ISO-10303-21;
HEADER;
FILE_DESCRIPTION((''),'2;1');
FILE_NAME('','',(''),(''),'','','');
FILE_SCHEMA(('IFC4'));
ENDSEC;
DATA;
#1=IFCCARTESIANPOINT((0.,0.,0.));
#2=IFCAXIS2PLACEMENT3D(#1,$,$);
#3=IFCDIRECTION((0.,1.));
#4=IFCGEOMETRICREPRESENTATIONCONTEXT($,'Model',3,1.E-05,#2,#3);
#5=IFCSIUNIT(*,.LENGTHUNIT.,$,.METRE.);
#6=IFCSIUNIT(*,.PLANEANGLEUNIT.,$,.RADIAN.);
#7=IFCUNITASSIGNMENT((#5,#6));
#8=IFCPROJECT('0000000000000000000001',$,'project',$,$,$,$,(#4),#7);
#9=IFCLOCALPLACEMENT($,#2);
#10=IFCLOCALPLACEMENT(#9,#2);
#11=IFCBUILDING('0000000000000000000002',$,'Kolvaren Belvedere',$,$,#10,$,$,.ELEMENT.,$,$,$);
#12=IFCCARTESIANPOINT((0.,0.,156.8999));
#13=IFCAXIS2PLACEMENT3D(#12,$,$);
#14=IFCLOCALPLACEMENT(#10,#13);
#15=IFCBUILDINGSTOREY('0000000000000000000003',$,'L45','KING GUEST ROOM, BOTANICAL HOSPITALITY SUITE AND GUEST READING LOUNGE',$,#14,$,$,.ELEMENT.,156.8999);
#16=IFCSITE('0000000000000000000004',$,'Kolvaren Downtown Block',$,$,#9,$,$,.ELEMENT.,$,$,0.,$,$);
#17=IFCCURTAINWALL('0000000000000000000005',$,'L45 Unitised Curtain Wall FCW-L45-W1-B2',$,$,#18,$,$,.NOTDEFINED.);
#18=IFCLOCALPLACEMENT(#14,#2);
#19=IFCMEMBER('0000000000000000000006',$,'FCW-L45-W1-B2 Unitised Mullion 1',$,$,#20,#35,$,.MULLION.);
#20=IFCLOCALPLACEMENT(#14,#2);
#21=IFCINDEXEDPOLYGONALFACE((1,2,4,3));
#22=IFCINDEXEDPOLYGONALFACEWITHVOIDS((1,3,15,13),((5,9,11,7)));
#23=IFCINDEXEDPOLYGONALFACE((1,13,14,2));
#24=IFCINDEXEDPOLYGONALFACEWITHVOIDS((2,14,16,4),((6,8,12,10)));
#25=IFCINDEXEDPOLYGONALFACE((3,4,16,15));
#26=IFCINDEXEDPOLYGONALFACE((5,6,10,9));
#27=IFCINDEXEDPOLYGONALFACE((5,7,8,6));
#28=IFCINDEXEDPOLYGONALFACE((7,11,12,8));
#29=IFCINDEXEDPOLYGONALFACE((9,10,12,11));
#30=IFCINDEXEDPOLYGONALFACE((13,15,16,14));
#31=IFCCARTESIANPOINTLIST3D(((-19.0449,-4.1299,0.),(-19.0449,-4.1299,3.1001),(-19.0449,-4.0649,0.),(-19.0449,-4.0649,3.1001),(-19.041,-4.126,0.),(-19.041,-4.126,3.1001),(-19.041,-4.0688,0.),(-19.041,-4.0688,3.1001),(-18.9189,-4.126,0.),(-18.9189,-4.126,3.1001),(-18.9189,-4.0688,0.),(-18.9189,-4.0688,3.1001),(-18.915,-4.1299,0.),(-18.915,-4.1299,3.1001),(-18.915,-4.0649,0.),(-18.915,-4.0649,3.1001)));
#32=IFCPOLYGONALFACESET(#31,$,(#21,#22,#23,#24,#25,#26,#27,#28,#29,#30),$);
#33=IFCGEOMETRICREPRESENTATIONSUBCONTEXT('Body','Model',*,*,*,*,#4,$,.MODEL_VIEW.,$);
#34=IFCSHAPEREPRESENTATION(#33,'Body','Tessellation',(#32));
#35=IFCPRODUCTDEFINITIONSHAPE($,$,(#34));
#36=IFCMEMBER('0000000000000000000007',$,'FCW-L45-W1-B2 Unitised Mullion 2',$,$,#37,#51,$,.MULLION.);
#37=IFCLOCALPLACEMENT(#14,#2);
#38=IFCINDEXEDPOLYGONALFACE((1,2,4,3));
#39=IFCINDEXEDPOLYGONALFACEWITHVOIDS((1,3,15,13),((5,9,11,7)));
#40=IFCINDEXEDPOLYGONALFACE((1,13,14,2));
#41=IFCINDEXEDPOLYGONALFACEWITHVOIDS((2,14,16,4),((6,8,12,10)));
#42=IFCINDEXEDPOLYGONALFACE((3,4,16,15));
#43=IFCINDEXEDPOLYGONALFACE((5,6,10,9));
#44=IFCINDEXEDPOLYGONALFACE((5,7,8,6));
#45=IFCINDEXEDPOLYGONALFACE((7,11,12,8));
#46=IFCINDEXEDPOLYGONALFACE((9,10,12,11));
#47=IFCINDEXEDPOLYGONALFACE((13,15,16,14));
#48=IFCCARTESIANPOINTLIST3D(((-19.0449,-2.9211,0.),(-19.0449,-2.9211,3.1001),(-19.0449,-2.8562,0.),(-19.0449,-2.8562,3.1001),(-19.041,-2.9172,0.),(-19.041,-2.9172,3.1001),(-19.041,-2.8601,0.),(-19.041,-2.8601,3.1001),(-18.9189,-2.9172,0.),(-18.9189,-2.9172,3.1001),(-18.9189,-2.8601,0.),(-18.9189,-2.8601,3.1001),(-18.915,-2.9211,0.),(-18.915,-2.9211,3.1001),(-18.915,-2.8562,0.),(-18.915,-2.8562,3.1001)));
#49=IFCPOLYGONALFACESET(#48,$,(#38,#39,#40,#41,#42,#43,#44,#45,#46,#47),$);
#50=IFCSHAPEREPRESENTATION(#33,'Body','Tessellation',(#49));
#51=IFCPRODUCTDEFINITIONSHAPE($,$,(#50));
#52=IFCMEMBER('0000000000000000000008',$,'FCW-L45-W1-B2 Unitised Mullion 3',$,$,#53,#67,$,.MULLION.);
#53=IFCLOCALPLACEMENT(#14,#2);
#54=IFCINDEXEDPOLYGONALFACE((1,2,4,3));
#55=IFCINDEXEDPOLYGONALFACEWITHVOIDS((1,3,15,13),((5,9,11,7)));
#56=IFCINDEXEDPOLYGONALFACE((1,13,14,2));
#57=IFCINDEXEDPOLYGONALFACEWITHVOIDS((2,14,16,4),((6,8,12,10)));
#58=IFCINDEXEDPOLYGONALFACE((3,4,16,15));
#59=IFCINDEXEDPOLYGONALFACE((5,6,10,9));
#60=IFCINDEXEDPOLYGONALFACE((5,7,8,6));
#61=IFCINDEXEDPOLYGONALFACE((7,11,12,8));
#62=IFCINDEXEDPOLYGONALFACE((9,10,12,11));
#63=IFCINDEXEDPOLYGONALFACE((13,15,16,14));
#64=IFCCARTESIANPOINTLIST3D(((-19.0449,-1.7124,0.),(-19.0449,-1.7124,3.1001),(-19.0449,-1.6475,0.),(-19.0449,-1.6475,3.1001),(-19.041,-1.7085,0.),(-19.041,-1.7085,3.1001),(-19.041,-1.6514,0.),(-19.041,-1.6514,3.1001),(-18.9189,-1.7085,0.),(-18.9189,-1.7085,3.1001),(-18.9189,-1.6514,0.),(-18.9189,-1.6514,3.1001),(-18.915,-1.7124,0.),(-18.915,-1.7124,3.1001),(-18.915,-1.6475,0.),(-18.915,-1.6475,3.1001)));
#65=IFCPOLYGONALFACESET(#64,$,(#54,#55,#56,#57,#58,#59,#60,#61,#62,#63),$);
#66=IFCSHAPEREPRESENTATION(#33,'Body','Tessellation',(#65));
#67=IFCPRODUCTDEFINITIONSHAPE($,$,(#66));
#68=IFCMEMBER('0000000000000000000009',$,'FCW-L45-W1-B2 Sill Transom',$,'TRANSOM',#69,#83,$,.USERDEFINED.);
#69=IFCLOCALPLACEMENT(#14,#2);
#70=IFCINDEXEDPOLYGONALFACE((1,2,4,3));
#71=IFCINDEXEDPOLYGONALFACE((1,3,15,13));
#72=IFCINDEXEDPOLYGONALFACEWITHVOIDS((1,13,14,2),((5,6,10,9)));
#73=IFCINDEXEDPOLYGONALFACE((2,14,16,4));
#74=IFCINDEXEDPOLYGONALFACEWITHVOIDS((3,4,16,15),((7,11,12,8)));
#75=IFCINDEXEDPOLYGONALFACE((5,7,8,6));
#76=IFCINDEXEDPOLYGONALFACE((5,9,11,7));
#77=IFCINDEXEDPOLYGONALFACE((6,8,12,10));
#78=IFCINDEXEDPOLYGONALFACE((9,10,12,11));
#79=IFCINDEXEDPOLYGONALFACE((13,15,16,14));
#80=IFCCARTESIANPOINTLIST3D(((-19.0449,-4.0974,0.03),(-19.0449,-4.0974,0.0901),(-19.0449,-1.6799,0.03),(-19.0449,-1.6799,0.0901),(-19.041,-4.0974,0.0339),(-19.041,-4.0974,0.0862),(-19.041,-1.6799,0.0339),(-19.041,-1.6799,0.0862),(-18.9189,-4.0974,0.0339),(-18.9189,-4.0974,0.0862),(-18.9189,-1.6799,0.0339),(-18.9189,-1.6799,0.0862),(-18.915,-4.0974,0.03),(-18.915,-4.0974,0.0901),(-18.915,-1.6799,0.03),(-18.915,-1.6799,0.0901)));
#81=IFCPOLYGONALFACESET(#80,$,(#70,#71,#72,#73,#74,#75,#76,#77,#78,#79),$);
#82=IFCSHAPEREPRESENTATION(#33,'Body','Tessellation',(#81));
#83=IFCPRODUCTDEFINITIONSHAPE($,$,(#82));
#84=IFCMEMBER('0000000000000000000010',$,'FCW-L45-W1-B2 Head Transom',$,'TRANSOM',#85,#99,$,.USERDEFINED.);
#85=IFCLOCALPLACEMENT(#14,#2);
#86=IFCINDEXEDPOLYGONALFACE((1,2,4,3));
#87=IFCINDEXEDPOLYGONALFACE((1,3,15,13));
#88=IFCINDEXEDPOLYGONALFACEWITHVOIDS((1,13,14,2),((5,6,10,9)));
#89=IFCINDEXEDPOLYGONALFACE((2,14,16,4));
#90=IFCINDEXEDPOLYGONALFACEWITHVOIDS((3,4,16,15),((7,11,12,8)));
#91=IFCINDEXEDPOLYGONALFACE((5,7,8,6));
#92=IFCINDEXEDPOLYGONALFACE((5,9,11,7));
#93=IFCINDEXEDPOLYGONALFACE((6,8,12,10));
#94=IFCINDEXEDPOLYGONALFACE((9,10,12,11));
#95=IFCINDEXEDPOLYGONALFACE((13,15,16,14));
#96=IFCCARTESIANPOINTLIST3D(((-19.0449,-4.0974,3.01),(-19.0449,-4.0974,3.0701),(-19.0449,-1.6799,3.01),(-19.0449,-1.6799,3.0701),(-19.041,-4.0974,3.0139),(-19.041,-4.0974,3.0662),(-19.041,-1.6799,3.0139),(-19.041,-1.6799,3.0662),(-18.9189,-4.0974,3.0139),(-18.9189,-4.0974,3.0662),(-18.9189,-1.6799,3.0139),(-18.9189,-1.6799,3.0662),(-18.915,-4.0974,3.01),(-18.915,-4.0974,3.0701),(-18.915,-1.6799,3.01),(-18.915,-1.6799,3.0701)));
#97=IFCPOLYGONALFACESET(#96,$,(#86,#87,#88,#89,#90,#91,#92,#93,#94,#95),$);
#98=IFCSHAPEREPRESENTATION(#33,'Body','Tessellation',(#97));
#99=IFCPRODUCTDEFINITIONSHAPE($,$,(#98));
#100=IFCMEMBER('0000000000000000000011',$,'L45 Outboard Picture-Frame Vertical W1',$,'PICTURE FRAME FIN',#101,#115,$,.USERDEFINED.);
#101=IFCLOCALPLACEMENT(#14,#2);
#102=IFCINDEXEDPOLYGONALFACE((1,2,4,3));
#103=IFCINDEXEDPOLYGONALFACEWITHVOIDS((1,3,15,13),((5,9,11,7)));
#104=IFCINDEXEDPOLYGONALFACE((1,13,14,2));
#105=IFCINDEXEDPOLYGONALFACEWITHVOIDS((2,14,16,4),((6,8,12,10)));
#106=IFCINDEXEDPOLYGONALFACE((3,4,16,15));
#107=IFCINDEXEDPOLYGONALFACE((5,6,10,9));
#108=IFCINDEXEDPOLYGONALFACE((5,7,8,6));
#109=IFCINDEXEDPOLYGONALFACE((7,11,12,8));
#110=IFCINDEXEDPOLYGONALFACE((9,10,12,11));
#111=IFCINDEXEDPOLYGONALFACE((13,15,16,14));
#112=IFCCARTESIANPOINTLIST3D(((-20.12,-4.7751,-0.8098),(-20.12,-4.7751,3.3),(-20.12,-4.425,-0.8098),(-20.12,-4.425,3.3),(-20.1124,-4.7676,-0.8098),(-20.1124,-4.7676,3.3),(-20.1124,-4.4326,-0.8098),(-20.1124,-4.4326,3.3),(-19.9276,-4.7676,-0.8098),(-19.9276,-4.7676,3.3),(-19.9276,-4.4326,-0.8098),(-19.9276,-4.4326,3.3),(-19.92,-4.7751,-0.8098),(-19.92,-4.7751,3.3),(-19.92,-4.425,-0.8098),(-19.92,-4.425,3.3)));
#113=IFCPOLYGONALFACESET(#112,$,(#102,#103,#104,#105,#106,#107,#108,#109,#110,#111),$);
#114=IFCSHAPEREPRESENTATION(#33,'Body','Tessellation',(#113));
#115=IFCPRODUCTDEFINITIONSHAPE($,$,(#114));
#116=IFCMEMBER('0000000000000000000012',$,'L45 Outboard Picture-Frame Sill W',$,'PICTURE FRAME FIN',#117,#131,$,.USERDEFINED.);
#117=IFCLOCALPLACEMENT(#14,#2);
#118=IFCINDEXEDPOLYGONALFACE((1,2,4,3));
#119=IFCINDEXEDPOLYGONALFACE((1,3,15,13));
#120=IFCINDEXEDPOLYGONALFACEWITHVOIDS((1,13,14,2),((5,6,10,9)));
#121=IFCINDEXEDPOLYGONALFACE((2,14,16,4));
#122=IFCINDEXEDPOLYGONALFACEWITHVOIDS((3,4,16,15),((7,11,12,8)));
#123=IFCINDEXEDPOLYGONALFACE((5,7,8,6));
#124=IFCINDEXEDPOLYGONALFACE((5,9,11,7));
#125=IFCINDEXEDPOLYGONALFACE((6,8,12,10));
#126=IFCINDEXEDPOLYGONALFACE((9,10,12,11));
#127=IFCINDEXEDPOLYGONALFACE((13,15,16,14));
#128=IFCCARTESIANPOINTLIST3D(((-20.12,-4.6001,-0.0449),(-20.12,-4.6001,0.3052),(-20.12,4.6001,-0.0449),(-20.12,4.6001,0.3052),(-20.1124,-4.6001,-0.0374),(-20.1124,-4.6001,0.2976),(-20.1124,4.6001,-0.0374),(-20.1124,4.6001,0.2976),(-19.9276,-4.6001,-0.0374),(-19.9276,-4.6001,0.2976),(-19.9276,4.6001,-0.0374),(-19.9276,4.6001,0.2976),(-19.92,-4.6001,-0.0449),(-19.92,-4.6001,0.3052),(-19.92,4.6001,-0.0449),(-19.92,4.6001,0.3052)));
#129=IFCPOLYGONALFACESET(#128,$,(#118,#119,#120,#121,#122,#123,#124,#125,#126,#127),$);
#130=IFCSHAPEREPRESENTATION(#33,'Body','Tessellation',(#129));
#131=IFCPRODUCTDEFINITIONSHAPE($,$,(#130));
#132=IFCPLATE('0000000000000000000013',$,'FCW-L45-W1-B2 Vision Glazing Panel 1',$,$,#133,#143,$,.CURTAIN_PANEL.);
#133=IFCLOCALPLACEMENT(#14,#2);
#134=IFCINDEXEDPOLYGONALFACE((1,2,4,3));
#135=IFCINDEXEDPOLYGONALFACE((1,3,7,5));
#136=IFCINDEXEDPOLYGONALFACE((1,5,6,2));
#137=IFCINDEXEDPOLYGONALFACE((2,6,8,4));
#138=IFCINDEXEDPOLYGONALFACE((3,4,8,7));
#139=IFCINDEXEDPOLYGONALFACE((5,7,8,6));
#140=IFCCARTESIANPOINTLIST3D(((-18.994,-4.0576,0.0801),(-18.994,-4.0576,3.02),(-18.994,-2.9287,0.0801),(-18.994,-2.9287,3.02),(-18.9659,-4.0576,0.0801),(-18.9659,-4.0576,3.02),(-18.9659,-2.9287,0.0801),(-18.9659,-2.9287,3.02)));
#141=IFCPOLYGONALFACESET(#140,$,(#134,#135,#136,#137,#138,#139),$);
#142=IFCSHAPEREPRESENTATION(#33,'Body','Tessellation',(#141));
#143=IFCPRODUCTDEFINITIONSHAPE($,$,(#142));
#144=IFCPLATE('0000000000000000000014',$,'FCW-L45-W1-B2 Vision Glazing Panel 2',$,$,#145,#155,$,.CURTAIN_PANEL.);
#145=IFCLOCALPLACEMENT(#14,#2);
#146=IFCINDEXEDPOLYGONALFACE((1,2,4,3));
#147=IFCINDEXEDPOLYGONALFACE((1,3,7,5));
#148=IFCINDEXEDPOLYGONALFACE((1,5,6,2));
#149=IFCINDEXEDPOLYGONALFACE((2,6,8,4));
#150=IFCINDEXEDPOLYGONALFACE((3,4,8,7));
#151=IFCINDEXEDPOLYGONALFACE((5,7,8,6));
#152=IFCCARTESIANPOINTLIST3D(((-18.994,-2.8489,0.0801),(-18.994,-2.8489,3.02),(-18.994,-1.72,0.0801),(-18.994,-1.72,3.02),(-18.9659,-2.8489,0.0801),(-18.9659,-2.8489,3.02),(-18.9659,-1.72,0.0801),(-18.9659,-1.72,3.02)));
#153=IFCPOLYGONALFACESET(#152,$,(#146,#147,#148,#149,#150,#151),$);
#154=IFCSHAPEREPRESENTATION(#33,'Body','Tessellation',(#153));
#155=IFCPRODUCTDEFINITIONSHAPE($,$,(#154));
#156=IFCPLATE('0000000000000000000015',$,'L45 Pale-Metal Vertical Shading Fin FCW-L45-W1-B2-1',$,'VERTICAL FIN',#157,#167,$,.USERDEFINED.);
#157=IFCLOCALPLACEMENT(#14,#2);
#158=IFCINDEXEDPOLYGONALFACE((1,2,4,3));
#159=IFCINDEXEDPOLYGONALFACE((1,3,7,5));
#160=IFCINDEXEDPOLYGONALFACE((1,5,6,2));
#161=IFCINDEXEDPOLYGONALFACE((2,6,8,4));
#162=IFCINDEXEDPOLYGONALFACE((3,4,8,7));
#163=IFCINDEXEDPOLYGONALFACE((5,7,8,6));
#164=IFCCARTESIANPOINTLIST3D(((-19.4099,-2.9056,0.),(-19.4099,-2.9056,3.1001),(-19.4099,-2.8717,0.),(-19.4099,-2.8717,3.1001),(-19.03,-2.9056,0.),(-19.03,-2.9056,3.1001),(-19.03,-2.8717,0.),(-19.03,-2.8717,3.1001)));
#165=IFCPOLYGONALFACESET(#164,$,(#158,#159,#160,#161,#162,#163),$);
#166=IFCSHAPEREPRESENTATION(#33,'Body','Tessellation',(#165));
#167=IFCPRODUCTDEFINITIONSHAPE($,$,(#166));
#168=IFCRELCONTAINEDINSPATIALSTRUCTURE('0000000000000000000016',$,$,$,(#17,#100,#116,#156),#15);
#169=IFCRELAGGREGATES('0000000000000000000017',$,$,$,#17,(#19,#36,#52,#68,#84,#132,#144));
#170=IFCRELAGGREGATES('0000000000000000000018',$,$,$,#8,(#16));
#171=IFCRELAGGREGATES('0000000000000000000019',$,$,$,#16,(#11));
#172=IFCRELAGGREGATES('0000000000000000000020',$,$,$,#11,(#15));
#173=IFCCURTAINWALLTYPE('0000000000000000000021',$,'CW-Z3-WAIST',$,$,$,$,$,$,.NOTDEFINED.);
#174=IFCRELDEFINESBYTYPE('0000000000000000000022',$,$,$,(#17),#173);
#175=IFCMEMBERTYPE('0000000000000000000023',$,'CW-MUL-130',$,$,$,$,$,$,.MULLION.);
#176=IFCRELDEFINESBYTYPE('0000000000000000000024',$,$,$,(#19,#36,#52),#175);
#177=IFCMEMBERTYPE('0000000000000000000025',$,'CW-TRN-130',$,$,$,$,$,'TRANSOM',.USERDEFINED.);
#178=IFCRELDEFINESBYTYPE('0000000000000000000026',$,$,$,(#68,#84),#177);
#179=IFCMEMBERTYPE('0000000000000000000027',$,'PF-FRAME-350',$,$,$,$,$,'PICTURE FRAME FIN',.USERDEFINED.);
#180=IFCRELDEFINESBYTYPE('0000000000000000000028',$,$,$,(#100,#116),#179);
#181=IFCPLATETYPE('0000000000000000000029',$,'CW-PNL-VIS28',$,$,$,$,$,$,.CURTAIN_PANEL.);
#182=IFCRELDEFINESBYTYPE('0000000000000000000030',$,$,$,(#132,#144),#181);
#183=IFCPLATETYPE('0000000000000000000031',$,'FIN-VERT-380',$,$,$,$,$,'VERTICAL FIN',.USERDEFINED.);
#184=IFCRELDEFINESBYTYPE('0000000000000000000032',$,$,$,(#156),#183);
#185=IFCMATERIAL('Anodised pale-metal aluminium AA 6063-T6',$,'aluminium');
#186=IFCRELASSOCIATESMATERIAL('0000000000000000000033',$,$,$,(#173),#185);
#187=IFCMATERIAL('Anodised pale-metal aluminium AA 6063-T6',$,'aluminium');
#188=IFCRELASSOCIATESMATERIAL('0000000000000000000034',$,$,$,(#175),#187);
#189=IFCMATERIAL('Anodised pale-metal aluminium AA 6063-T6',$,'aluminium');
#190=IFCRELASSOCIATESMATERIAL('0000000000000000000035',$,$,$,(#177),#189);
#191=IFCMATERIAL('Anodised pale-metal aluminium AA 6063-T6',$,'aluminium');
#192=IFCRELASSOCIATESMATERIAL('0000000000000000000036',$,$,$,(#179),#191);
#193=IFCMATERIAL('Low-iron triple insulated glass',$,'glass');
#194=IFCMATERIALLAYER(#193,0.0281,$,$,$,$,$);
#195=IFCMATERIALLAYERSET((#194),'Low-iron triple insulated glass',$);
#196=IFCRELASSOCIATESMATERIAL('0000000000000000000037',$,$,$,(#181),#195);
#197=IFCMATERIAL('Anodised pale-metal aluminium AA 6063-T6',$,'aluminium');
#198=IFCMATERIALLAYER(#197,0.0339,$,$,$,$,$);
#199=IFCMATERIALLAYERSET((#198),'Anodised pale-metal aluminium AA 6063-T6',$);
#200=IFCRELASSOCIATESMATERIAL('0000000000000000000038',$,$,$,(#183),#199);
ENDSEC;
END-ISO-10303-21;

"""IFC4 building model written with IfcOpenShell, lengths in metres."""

from ifc_helpers import new_model, si_unit, direction, frame, origin, origin_2d, place, context, subcontext, project, spatial, rectangle, hollow_rectangle, extrude, material, layer, layer_set, material_profile, profile_set, type_object, element, aggregate, save


model = new_model("IFC4")

# Units and contexts
model_context = context("Model", 3, precision=1e-05, world=origin(), true_north=direction((0.0, 1.0)))
body_context = subcontext(model_context, "Body", "Model", "MODEL_VIEW")
ifc_project = project(units=[si_unit("LENGTHUNIT", "METRE"), si_unit("PLANEANGLEUNIT", "RADIAN")], contexts=[model_context])

# Site, building, storey
site_placement = place(None, origin())
site = spatial("IfcSite", under=ifc_project, at=site_placement, Name="Kolvaren Downtown Block", CompositionType="ELEMENT", RefElevation=0.0)
building_placement = place(site_placement, origin())
building = spatial("IfcBuilding", under=site, at=building_placement, Name="Kolvaren Belvedere", CompositionType="ELEMENT")
storey_placement = place(building_placement, frame((0.0, 0.0, 156.8999)))
storey = spatial("IfcBuildingStorey", under=building, at=storey_placement, Name="L45", Description="KING GUEST ROOM, BOTANICAL HOSPITALITY SUITE AND GUEST READING LOUNGE", CompositionType="ELEMENT", Elevation=156.8999)

# Shared definitions
ifc_material_1 = material(Name="Anodised pale-metal aluminium AA 6063-T6", Category="aluminium")
curtain_wall_type = type_object("IfcCurtainWallType", Name="CW-Z3-WAIST", PredefinedType="NOTDEFINED", material=ifc_material_1)
ifc_material_2 = material(Name="Anodised pale-metal aluminium AA 6063-T6", Category="aluminium")
ifc_material_profile_1 = material_profile(ifc_material_2, hollow_rectangle(XDim=0.0649, YDim=0.1299, WallThickness=0.0039, at=origin_2d()), Name="ALU-MUL-130X65")
ifc_profile_set_1 = profile_set([ifc_material_profile_1], Name="Anodised pale-metal aluminium AA 6063-T6")
member_type_1 = type_object("IfcMemberType", Name="CW-MUL-130", PredefinedType="MULLION", material=ifc_profile_set_1)

# Curtain wall, members
curtain_wall_1_placement = place(storey_placement, origin())
curtain_wall_1 = element("IfcCurtainWall", 1, at=curtain_wall_1_placement, inside=storey, type_object=curtain_wall_type, Name="L45 Unitised Curtain Wall FCW-L45-W1-B2", PredefinedType="NOTDEFINED")
member_1_placement = place(storey_placement, frame((-18.98, -4.0974, 0.0), z_axis=(0.0, 0.0, 1.0), x_axis=(0.0, 1.0, 0.0)))
member_1 = element("IfcMember", 2, at=member_1_placement, type_object=member_type_1, Name="FCW-L45-W1-B2 Unitised Mullion 1", PredefinedType="MULLION", context=body_context, shape_type="SweptSolid", body=[
    extrude(hollow_rectangle(XDim=0.0649, YDim=0.1299, WallThickness=0.0039, at=origin_2d()), origin(), (0.0, 0.0, 1.0), 3.1001),
])
member_2_placement = place(storey_placement, frame((-18.98, -2.8887, 0.0), z_axis=(0.0, 0.0, 1.0), x_axis=(0.0, 1.0, 0.0)))
member_2 = element("IfcMember", 3, at=member_2_placement, type_object=member_type_1, Name="FCW-L45-W1-B2 Unitised Mullion 2", PredefinedType="MULLION", context=body_context, shape_type="SweptSolid", body=[
    extrude(hollow_rectangle(XDim=0.0649, YDim=0.1299, WallThickness=0.0039, at=origin_2d()), origin(), (0.0, 0.0, 1.0), 3.1001),
])
member_3_placement = place(storey_placement, frame((-18.98, -1.6799, 0.0), z_axis=(0.0, 0.0, 1.0), x_axis=(0.0, 1.0, 0.0)))
member_3 = element("IfcMember", 4, at=member_3_placement, type_object=member_type_1, Name="FCW-L45-W1-B2 Unitised Mullion 3", PredefinedType="MULLION", context=body_context, shape_type="SweptSolid", body=[
    extrude(hollow_rectangle(XDim=0.0649, YDim=0.1299, WallThickness=0.0039, at=origin_2d()), origin(), (0.0, 0.0, 1.0), 3.1001),
])
ifc_material_3 = material(Name="Anodised pale-metal aluminium AA 6063-T6", Category="aluminium")
ifc_material_profile_2 = material_profile(ifc_material_3, hollow_rectangle(XDim=0.0601, YDim=0.1299, WallThickness=0.0039, at=origin_2d()), Name="ALU-TRN-130X60")
ifc_profile_set_2 = profile_set([ifc_material_profile_2], Name="Anodised pale-metal aluminium AA 6063-T6")
member_type_2 = type_object("IfcMemberType", Name="CW-TRN-130", ElementType="TRANSOM", PredefinedType="USERDEFINED", material=ifc_profile_set_2)
member_4_placement = place(storey_placement, frame((-18.98, -4.0974, 0.0601), z_axis=(0.0, 1.0, 0.0), x_axis=(0.0, 0.0, 1.0)))
member_4 = element("IfcMember", 5, at=member_4_placement, type_object=member_type_2, Name="FCW-L45-W1-B2 Sill Transom", ObjectType="TRANSOM", PredefinedType="USERDEFINED", context=body_context, shape_type="SweptSolid", body=[
    extrude(hollow_rectangle(XDim=0.0601, YDim=0.1299, WallThickness=0.0039, at=origin_2d()), origin(), (0.0, 0.0, 1.0), 2.4175),
])
member_5_placement = place(storey_placement, frame((-18.98, -4.0974, 3.04), z_axis=(0.0, 1.0, 0.0), x_axis=(0.0, 0.0, 1.0)))
member_5 = element("IfcMember", 6, at=member_5_placement, type_object=member_type_2, Name="FCW-L45-W1-B2 Head Transom", ObjectType="TRANSOM", PredefinedType="USERDEFINED", context=body_context, shape_type="SweptSolid", body=[
    extrude(hollow_rectangle(XDim=0.0601, YDim=0.1299, WallThickness=0.0039, at=origin_2d()), origin(), (0.0, 0.0, 1.0), 2.4175),
])

# Members
ifc_material_4 = material(Name="Anodised pale-metal aluminium AA 6063-T6", Category="aluminium")
ifc_material_profile_3 = material_profile(ifc_material_4, hollow_rectangle(XDim=0.2, YDim=0.3501, WallThickness=0.0076, at=origin_2d()), Name="ALU-PF-350X200")
ifc_profile_set_3 = profile_set([ifc_material_profile_3], Name="Anodised pale-metal aluminium AA 6063-T6")
member_type_3 = type_object("IfcMemberType", Name="PF-FRAME-350", ElementType="PICTURE FRAME FIN", PredefinedType="USERDEFINED", material=ifc_profile_set_3)
member_6_placement = place(storey_placement, frame((-20.02, -4.6001, -0.8098), z_axis=(0.0, 0.0, 1.0), x_axis=(1.0, 0.0, 0.0)))
element("IfcMember", 7, at=member_6_placement, inside=storey, type_object=member_type_3, Name="L45 Outboard Picture-Frame Vertical W1", ObjectType="PICTURE FRAME FIN", PredefinedType="USERDEFINED", context=body_context, shape_type="SweptSolid", body=[
    extrude(hollow_rectangle(XDim=0.2, YDim=0.3501, WallThickness=0.0076, at=origin_2d()), origin(), (0.0, 0.0, 1.0), 4.1099),
])
member_7_placement = place(storey_placement, frame((-20.02, -4.6001, 0.1301), z_axis=(0.0, 1.0, 0.0), x_axis=(-1.0, 0.0, 0.0)))
element("IfcMember", 8, at=member_7_placement, inside=storey, type_object=member_type_3, Name="L45 Outboard Picture-Frame Sill W", ObjectType="PICTURE FRAME FIN", PredefinedType="USERDEFINED", context=body_context, shape_type="SweptSolid", body=[
    extrude(hollow_rectangle(XDim=0.2, YDim=0.3501, WallThickness=0.0076, at=origin_2d()), origin(), (0.0, 0.0, 1.0), 9.2002),
])

# Plates
ifc_material_5 = material(Name="Low-iron triple insulated glass", Category="glass")
ifc_layer_1 = layer(ifc_material_5, 0.0281)
ifc_layer_set_1 = layer_set([ifc_layer_1], Name="Low-iron triple insulated glass")
plate_type_1 = type_object("IfcPlateType", Name="CW-PNL-VIS28", PredefinedType="CURTAIN_PANEL", material=ifc_layer_set_1)
plate_1_placement = place(storey_placement, frame((-18.98, -3.4932, 0.0801), z_axis=(0.0, 0.0, 1.0), x_axis=(0.0, 1.0, 0.0)))
plate_1 = element("IfcPlate", 9, at=plate_1_placement, type_object=plate_type_1, Name="FCW-L45-W1-B2 Vision Glazing Panel 1", PredefinedType="CURTAIN_PANEL", context=body_context, shape_type="SweptSolid", body=[
    extrude(rectangle(XDim=1.1289, YDim=0.0281, at=origin_2d()), origin(), (0.0, 0.0, 1.0), 2.9399),
])
plate_2_placement = place(storey_placement, frame((-18.98, -2.2844, 0.0801), z_axis=(0.0, 0.0, 1.0), x_axis=(0.0, 1.0, 0.0)))
plate_2 = element("IfcPlate", 10, at=plate_2_placement, type_object=plate_type_1, Name="FCW-L45-W1-B2 Vision Glazing Panel 2", PredefinedType="CURTAIN_PANEL", context=body_context, shape_type="SweptSolid", body=[
    extrude(rectangle(XDim=1.1289, YDim=0.0281, at=origin_2d()), origin(), (0.0, 0.0, 1.0), 2.9399),
])
aggregate(curtain_wall_1, [member_1, member_2, member_3, member_4, member_5, plate_1, plate_2])
ifc_material_6 = material(Name="Anodised pale-metal aluminium AA 6063-T6", Category="aluminium")
ifc_layer_2 = layer(ifc_material_6, 0.0339)
ifc_layer_set_2 = layer_set([ifc_layer_2], Name="Anodised pale-metal aluminium AA 6063-T6")
plate_type_2 = type_object("IfcPlateType", Name="FIN-VERT-380", ElementType="VERTICAL FIN", PredefinedType="USERDEFINED", material=ifc_layer_set_2)
plate_3_placement = place(storey_placement, frame((-19.22, -2.8887, 0.0), z_axis=(0.0, 0.0, 1.0), x_axis=(1.0, 0.0, 0.0)))
element("IfcPlate", 11, at=plate_3_placement, inside=storey, type_object=plate_type_2, Name="L45 Pale-Metal Vertical Shading Fin FCW-L45-W1-B2-1", ObjectType="VERTICAL FIN", PredefinedType="USERDEFINED", context=body_context, shape_type="SweptSolid", body=[
    extrude(rectangle(XDim=0.3799, YDim=0.0339, at=origin_2d()), origin(), (0.0, 0.0, 1.0), 3.1001),
])

save(model, "model.ifc")
